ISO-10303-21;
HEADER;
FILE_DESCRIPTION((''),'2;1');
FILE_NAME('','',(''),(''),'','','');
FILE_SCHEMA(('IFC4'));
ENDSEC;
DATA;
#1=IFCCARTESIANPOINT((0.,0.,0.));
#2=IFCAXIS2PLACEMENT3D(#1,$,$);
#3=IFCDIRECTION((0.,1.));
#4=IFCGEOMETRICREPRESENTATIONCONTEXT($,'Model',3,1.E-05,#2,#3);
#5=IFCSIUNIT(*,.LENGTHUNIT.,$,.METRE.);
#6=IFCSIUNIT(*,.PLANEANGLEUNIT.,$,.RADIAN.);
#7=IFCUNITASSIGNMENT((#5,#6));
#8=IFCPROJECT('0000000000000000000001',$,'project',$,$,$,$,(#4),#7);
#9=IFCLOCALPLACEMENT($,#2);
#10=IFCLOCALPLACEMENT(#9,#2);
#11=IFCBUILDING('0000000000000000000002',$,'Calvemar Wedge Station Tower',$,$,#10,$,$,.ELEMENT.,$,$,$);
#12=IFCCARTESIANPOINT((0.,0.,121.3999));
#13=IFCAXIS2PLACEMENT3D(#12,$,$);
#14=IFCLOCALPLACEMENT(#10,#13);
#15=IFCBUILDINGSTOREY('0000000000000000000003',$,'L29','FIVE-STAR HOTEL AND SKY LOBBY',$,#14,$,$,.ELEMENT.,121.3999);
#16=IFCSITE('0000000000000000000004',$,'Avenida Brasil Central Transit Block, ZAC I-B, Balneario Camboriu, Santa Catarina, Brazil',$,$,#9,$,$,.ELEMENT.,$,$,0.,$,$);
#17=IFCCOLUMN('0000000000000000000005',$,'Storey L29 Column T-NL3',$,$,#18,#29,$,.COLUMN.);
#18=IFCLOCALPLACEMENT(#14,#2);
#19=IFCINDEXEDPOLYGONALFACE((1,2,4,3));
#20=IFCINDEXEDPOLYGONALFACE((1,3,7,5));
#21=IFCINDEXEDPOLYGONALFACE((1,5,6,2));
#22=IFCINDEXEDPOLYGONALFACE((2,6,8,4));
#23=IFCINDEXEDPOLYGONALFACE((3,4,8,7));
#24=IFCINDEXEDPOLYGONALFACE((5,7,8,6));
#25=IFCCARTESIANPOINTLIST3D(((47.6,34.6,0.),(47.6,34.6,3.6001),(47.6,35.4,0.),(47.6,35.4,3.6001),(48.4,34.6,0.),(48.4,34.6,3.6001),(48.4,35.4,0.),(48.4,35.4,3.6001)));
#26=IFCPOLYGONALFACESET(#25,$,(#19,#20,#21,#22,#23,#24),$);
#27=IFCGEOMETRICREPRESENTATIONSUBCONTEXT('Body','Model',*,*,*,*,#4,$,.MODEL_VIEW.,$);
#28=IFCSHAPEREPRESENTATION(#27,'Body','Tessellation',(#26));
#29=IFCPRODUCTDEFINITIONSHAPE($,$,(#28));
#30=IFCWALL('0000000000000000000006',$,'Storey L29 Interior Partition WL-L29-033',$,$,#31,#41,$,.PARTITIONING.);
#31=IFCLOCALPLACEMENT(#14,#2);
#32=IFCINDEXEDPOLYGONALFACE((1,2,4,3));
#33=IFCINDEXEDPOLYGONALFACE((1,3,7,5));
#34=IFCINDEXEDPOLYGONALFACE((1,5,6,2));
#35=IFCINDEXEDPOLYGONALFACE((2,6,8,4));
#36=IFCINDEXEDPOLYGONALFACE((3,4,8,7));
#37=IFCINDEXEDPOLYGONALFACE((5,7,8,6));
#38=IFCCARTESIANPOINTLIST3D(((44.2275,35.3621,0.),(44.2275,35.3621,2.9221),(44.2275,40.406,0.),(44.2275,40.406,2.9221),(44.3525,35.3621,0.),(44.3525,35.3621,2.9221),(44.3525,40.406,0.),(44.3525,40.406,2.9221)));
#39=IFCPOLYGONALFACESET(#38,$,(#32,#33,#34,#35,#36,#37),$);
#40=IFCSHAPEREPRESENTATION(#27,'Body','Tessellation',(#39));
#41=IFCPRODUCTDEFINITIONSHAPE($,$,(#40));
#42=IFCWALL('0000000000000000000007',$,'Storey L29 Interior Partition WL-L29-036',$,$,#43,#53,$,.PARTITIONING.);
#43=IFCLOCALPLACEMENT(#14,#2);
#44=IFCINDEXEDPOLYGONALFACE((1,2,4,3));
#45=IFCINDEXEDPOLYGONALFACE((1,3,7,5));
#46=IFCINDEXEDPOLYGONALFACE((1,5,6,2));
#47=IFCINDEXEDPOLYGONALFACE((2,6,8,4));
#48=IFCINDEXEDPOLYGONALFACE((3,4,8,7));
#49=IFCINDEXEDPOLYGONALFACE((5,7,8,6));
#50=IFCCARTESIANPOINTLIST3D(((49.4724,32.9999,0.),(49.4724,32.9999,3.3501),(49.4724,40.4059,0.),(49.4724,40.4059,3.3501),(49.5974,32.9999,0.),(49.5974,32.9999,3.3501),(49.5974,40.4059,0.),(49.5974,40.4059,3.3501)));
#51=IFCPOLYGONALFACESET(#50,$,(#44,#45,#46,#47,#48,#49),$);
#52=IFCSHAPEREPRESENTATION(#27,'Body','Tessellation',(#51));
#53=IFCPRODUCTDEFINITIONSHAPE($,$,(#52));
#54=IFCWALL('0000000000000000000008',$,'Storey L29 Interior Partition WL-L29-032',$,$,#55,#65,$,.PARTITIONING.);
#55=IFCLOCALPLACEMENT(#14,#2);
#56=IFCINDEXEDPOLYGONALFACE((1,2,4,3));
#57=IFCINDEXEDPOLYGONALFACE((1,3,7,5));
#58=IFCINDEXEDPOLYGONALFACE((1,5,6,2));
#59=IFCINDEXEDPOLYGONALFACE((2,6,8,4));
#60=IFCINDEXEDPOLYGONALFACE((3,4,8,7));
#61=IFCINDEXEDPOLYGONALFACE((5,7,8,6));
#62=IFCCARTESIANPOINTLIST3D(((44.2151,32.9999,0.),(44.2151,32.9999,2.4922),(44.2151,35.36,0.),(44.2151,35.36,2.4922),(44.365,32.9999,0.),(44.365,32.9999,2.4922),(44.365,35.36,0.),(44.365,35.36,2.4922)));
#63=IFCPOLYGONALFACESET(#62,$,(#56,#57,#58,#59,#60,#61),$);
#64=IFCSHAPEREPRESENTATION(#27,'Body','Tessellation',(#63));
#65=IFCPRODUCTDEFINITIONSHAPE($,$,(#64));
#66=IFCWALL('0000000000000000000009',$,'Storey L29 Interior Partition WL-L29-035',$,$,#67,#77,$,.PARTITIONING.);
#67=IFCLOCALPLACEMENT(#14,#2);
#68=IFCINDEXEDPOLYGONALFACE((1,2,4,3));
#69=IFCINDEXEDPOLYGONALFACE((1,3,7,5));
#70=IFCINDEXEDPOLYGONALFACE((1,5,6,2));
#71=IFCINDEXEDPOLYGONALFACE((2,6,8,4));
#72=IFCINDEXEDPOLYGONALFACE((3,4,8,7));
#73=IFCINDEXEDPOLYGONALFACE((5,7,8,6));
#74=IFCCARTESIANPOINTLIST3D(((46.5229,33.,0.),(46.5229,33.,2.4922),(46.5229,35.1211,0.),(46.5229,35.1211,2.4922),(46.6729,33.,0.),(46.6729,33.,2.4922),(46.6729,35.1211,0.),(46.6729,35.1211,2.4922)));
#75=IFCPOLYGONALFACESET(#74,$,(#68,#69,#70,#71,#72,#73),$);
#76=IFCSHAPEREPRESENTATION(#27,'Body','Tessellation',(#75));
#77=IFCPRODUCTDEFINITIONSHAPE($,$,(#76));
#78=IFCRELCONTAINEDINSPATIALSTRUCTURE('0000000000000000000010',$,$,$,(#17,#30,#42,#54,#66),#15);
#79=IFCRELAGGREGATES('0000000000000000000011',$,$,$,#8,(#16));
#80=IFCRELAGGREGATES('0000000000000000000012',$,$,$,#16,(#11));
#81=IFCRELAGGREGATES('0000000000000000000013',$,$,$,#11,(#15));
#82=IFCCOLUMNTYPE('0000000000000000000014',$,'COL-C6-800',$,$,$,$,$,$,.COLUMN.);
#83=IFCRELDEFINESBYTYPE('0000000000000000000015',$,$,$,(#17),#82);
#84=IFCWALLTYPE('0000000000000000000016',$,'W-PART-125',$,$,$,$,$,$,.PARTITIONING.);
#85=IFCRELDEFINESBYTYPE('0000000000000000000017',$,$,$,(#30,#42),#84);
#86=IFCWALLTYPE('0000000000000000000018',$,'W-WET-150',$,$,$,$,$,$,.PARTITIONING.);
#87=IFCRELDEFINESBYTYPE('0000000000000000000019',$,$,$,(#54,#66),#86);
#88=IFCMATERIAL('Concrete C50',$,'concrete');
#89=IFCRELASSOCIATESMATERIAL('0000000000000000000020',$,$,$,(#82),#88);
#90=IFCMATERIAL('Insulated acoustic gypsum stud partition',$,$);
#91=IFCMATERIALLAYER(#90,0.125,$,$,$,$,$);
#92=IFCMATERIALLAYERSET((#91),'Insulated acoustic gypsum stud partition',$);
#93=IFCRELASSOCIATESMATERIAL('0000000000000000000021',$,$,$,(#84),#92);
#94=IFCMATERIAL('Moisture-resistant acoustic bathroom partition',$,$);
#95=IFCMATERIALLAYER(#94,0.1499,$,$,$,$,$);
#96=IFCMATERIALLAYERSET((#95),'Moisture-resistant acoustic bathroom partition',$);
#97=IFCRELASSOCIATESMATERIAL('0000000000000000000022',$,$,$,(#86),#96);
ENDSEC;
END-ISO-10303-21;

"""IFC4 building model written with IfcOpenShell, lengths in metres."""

from ifc_helpers import new_model, si_unit, direction, frame, frame_2d, origin, origin_2d, place, context, subcontext, project, spatial, rectangle, extrude, source, transform, mapped, material, layer, layer_set, material_profile, profile_set, type_object, element, save


model = new_model("IFC4")

# Units and contexts
model_context = context("Model", 3, precision=1e-05, world=origin(), true_north=direction((0.0, 1.0)))
body_context = subcontext(model_context, "Body", "Model", "MODEL_VIEW")
ifc_project = project(units=[si_unit("LENGTHUNIT", "METRE"), si_unit("PLANEANGLEUNIT", "RADIAN")], contexts=[model_context])

# Site, building, storey
site_placement = place(None, origin())
site = spatial("IfcSite", under=ifc_project, at=site_placement, Name="Avenida Brasil Central Transit Block, ZAC I-B, Balneario Camboriu, Santa Catarina, Brazil", CompositionType="ELEMENT", RefElevation=0.0)
building_placement = place(site_placement, origin())
building = spatial("IfcBuilding", under=site, at=building_placement, Name="Calvemar Wedge Station Tower", CompositionType="ELEMENT")
storey_placement = place(building_placement, frame((0.0, 0.0, 121.3999)))
storey = spatial("IfcBuildingStorey", under=building, at=storey_placement, Name="L29", Description="FIVE-STAR HOTEL AND SKY LOBBY", CompositionType="ELEMENT", Elevation=121.3999)

# Column
ifc_material_1 = material(Name="Concrete C50", Category="concrete")
ifc_material_profile = material_profile(ifc_material_1, rectangle(XDim=0.8, YDim=0.8, at=origin_2d()), Name="RC800x800")
ifc_profile_set = profile_set([ifc_material_profile], Name="Concrete C50")
column_type = type_object("IfcColumnType", Name="COL-C6-800", PredefinedType="COLUMN", material=ifc_profile_set)
shared_shape_1 = source(origin(), body_context, "Body", "SweptSolid", [
    extrude(rectangle(XDim=0.8, YDim=0.8, at=origin_2d()), origin(), (0.0, 0.0, 1.0), 3.6001),
])
column_placement = place(storey_placement, frame((48.0, 35.0, 0.0), z_axis=(0.0, 0.0, 1.0), x_axis=(1.0, 0.0, 0.0)))
element("IfcColumn", 1, at=column_placement, inside=storey, type_object=column_type, Name="Storey L29 Column T-NL3", PredefinedType="COLUMN", context=body_context, shape_type="MappedRepresentation", body=[
    mapped(shared_shape_1, transform((0.0, 0.0, 0.0), scale=1.0)),
])

# Walls
ifc_material_2 = material(Name="Insulated acoustic gypsum stud partition")
ifc_layer_1 = layer(ifc_material_2, 0.125)
ifc_layer_set_1 = layer_set([ifc_layer_1], Name="Insulated acoustic gypsum stud partition")
wall_type_1 = type_object("IfcWallType", Name="W-PART-125", PredefinedType="PARTITIONING", material=ifc_layer_set_1)
wall_1_placement = place(storey_placement, frame((44.29, 40.406, 0.0), z_axis=(0.0, 0.0, 1.0), x_axis=(0.0, -1.0, 0.0)))
element("IfcWall", 2, at=wall_1_placement, inside=storey, type_object=wall_type_1, Name="Storey L29 Interior Partition WL-L29-033", PredefinedType="PARTITIONING", context=body_context, shape_type="SweptSolid", body=[
    extrude(rectangle(XDim=5.0439, YDim=0.125, at=frame_2d((2.522, 0.0))), origin(), (0.0, 0.0, 1.0), 2.9221),
])
wall_2_placement = place(storey_placement, frame((49.5349, 40.406, 0.0), z_axis=(0.0, 0.0, 1.0), x_axis=(0.0, -1.0, 0.0)))
element("IfcWall", 3, at=wall_2_placement, inside=storey, type_object=wall_type_1, Name="Storey L29 Interior Partition WL-L29-036", PredefinedType="PARTITIONING", context=body_context, shape_type="SweptSolid", body=[
    extrude(rectangle(XDim=7.406, YDim=0.125, at=frame_2d((3.7031, 0.0))), origin(), (0.0, 0.0, 1.0), 3.3501),
])
ifc_material_3 = material(Name="Moisture-resistant acoustic bathroom partition")
ifc_layer_2 = layer(ifc_material_3, 0.1499)
ifc_layer_set_2 = layer_set([ifc_layer_2], Name="Moisture-resistant acoustic bathroom partition")
wall_type_2 = type_object("IfcWallType", Name="W-WET-150", PredefinedType="PARTITIONING", material=ifc_layer_set_2)
wall_3_placement = place(storey_placement, frame((44.29, 35.3601, 0.0), z_axis=(0.0, 0.0, 1.0), x_axis=(0.0, -1.0, 0.0)))
element("IfcWall", 4, at=wall_3_placement, inside=storey, type_object=wall_type_2, Name="Storey L29 Interior Partition WL-L29-032", PredefinedType="PARTITIONING", context=body_context, shape_type="SweptSolid", body=[
    extrude(rectangle(XDim=2.3601, YDim=0.1499, at=frame_2d((1.1802, 0.0))), origin(), (0.0, 0.0, 1.0), 2.4922),
])

# Wall
wall_4_placement = place(storey_placement, frame((46.5979, 35.1211, 0.0), z_axis=(0.0, 0.0, 1.0), x_axis=(0.0, -1.0, 0.0)))
element("IfcWall", 5, at=wall_4_placement, inside=storey, type_object=wall_type_2, Name="Storey L29 Interior Partition WL-L29-035", PredefinedType="PARTITIONING", context=body_context, shape_type="SweptSolid", body=[
    extrude(rectangle(XDim=2.1211, YDim=0.1499, at=frame_2d((1.0605, 0.0))), origin(), (0.0, 0.0, 1.0), 2.4922),
])

save(model, "model.ifc")
